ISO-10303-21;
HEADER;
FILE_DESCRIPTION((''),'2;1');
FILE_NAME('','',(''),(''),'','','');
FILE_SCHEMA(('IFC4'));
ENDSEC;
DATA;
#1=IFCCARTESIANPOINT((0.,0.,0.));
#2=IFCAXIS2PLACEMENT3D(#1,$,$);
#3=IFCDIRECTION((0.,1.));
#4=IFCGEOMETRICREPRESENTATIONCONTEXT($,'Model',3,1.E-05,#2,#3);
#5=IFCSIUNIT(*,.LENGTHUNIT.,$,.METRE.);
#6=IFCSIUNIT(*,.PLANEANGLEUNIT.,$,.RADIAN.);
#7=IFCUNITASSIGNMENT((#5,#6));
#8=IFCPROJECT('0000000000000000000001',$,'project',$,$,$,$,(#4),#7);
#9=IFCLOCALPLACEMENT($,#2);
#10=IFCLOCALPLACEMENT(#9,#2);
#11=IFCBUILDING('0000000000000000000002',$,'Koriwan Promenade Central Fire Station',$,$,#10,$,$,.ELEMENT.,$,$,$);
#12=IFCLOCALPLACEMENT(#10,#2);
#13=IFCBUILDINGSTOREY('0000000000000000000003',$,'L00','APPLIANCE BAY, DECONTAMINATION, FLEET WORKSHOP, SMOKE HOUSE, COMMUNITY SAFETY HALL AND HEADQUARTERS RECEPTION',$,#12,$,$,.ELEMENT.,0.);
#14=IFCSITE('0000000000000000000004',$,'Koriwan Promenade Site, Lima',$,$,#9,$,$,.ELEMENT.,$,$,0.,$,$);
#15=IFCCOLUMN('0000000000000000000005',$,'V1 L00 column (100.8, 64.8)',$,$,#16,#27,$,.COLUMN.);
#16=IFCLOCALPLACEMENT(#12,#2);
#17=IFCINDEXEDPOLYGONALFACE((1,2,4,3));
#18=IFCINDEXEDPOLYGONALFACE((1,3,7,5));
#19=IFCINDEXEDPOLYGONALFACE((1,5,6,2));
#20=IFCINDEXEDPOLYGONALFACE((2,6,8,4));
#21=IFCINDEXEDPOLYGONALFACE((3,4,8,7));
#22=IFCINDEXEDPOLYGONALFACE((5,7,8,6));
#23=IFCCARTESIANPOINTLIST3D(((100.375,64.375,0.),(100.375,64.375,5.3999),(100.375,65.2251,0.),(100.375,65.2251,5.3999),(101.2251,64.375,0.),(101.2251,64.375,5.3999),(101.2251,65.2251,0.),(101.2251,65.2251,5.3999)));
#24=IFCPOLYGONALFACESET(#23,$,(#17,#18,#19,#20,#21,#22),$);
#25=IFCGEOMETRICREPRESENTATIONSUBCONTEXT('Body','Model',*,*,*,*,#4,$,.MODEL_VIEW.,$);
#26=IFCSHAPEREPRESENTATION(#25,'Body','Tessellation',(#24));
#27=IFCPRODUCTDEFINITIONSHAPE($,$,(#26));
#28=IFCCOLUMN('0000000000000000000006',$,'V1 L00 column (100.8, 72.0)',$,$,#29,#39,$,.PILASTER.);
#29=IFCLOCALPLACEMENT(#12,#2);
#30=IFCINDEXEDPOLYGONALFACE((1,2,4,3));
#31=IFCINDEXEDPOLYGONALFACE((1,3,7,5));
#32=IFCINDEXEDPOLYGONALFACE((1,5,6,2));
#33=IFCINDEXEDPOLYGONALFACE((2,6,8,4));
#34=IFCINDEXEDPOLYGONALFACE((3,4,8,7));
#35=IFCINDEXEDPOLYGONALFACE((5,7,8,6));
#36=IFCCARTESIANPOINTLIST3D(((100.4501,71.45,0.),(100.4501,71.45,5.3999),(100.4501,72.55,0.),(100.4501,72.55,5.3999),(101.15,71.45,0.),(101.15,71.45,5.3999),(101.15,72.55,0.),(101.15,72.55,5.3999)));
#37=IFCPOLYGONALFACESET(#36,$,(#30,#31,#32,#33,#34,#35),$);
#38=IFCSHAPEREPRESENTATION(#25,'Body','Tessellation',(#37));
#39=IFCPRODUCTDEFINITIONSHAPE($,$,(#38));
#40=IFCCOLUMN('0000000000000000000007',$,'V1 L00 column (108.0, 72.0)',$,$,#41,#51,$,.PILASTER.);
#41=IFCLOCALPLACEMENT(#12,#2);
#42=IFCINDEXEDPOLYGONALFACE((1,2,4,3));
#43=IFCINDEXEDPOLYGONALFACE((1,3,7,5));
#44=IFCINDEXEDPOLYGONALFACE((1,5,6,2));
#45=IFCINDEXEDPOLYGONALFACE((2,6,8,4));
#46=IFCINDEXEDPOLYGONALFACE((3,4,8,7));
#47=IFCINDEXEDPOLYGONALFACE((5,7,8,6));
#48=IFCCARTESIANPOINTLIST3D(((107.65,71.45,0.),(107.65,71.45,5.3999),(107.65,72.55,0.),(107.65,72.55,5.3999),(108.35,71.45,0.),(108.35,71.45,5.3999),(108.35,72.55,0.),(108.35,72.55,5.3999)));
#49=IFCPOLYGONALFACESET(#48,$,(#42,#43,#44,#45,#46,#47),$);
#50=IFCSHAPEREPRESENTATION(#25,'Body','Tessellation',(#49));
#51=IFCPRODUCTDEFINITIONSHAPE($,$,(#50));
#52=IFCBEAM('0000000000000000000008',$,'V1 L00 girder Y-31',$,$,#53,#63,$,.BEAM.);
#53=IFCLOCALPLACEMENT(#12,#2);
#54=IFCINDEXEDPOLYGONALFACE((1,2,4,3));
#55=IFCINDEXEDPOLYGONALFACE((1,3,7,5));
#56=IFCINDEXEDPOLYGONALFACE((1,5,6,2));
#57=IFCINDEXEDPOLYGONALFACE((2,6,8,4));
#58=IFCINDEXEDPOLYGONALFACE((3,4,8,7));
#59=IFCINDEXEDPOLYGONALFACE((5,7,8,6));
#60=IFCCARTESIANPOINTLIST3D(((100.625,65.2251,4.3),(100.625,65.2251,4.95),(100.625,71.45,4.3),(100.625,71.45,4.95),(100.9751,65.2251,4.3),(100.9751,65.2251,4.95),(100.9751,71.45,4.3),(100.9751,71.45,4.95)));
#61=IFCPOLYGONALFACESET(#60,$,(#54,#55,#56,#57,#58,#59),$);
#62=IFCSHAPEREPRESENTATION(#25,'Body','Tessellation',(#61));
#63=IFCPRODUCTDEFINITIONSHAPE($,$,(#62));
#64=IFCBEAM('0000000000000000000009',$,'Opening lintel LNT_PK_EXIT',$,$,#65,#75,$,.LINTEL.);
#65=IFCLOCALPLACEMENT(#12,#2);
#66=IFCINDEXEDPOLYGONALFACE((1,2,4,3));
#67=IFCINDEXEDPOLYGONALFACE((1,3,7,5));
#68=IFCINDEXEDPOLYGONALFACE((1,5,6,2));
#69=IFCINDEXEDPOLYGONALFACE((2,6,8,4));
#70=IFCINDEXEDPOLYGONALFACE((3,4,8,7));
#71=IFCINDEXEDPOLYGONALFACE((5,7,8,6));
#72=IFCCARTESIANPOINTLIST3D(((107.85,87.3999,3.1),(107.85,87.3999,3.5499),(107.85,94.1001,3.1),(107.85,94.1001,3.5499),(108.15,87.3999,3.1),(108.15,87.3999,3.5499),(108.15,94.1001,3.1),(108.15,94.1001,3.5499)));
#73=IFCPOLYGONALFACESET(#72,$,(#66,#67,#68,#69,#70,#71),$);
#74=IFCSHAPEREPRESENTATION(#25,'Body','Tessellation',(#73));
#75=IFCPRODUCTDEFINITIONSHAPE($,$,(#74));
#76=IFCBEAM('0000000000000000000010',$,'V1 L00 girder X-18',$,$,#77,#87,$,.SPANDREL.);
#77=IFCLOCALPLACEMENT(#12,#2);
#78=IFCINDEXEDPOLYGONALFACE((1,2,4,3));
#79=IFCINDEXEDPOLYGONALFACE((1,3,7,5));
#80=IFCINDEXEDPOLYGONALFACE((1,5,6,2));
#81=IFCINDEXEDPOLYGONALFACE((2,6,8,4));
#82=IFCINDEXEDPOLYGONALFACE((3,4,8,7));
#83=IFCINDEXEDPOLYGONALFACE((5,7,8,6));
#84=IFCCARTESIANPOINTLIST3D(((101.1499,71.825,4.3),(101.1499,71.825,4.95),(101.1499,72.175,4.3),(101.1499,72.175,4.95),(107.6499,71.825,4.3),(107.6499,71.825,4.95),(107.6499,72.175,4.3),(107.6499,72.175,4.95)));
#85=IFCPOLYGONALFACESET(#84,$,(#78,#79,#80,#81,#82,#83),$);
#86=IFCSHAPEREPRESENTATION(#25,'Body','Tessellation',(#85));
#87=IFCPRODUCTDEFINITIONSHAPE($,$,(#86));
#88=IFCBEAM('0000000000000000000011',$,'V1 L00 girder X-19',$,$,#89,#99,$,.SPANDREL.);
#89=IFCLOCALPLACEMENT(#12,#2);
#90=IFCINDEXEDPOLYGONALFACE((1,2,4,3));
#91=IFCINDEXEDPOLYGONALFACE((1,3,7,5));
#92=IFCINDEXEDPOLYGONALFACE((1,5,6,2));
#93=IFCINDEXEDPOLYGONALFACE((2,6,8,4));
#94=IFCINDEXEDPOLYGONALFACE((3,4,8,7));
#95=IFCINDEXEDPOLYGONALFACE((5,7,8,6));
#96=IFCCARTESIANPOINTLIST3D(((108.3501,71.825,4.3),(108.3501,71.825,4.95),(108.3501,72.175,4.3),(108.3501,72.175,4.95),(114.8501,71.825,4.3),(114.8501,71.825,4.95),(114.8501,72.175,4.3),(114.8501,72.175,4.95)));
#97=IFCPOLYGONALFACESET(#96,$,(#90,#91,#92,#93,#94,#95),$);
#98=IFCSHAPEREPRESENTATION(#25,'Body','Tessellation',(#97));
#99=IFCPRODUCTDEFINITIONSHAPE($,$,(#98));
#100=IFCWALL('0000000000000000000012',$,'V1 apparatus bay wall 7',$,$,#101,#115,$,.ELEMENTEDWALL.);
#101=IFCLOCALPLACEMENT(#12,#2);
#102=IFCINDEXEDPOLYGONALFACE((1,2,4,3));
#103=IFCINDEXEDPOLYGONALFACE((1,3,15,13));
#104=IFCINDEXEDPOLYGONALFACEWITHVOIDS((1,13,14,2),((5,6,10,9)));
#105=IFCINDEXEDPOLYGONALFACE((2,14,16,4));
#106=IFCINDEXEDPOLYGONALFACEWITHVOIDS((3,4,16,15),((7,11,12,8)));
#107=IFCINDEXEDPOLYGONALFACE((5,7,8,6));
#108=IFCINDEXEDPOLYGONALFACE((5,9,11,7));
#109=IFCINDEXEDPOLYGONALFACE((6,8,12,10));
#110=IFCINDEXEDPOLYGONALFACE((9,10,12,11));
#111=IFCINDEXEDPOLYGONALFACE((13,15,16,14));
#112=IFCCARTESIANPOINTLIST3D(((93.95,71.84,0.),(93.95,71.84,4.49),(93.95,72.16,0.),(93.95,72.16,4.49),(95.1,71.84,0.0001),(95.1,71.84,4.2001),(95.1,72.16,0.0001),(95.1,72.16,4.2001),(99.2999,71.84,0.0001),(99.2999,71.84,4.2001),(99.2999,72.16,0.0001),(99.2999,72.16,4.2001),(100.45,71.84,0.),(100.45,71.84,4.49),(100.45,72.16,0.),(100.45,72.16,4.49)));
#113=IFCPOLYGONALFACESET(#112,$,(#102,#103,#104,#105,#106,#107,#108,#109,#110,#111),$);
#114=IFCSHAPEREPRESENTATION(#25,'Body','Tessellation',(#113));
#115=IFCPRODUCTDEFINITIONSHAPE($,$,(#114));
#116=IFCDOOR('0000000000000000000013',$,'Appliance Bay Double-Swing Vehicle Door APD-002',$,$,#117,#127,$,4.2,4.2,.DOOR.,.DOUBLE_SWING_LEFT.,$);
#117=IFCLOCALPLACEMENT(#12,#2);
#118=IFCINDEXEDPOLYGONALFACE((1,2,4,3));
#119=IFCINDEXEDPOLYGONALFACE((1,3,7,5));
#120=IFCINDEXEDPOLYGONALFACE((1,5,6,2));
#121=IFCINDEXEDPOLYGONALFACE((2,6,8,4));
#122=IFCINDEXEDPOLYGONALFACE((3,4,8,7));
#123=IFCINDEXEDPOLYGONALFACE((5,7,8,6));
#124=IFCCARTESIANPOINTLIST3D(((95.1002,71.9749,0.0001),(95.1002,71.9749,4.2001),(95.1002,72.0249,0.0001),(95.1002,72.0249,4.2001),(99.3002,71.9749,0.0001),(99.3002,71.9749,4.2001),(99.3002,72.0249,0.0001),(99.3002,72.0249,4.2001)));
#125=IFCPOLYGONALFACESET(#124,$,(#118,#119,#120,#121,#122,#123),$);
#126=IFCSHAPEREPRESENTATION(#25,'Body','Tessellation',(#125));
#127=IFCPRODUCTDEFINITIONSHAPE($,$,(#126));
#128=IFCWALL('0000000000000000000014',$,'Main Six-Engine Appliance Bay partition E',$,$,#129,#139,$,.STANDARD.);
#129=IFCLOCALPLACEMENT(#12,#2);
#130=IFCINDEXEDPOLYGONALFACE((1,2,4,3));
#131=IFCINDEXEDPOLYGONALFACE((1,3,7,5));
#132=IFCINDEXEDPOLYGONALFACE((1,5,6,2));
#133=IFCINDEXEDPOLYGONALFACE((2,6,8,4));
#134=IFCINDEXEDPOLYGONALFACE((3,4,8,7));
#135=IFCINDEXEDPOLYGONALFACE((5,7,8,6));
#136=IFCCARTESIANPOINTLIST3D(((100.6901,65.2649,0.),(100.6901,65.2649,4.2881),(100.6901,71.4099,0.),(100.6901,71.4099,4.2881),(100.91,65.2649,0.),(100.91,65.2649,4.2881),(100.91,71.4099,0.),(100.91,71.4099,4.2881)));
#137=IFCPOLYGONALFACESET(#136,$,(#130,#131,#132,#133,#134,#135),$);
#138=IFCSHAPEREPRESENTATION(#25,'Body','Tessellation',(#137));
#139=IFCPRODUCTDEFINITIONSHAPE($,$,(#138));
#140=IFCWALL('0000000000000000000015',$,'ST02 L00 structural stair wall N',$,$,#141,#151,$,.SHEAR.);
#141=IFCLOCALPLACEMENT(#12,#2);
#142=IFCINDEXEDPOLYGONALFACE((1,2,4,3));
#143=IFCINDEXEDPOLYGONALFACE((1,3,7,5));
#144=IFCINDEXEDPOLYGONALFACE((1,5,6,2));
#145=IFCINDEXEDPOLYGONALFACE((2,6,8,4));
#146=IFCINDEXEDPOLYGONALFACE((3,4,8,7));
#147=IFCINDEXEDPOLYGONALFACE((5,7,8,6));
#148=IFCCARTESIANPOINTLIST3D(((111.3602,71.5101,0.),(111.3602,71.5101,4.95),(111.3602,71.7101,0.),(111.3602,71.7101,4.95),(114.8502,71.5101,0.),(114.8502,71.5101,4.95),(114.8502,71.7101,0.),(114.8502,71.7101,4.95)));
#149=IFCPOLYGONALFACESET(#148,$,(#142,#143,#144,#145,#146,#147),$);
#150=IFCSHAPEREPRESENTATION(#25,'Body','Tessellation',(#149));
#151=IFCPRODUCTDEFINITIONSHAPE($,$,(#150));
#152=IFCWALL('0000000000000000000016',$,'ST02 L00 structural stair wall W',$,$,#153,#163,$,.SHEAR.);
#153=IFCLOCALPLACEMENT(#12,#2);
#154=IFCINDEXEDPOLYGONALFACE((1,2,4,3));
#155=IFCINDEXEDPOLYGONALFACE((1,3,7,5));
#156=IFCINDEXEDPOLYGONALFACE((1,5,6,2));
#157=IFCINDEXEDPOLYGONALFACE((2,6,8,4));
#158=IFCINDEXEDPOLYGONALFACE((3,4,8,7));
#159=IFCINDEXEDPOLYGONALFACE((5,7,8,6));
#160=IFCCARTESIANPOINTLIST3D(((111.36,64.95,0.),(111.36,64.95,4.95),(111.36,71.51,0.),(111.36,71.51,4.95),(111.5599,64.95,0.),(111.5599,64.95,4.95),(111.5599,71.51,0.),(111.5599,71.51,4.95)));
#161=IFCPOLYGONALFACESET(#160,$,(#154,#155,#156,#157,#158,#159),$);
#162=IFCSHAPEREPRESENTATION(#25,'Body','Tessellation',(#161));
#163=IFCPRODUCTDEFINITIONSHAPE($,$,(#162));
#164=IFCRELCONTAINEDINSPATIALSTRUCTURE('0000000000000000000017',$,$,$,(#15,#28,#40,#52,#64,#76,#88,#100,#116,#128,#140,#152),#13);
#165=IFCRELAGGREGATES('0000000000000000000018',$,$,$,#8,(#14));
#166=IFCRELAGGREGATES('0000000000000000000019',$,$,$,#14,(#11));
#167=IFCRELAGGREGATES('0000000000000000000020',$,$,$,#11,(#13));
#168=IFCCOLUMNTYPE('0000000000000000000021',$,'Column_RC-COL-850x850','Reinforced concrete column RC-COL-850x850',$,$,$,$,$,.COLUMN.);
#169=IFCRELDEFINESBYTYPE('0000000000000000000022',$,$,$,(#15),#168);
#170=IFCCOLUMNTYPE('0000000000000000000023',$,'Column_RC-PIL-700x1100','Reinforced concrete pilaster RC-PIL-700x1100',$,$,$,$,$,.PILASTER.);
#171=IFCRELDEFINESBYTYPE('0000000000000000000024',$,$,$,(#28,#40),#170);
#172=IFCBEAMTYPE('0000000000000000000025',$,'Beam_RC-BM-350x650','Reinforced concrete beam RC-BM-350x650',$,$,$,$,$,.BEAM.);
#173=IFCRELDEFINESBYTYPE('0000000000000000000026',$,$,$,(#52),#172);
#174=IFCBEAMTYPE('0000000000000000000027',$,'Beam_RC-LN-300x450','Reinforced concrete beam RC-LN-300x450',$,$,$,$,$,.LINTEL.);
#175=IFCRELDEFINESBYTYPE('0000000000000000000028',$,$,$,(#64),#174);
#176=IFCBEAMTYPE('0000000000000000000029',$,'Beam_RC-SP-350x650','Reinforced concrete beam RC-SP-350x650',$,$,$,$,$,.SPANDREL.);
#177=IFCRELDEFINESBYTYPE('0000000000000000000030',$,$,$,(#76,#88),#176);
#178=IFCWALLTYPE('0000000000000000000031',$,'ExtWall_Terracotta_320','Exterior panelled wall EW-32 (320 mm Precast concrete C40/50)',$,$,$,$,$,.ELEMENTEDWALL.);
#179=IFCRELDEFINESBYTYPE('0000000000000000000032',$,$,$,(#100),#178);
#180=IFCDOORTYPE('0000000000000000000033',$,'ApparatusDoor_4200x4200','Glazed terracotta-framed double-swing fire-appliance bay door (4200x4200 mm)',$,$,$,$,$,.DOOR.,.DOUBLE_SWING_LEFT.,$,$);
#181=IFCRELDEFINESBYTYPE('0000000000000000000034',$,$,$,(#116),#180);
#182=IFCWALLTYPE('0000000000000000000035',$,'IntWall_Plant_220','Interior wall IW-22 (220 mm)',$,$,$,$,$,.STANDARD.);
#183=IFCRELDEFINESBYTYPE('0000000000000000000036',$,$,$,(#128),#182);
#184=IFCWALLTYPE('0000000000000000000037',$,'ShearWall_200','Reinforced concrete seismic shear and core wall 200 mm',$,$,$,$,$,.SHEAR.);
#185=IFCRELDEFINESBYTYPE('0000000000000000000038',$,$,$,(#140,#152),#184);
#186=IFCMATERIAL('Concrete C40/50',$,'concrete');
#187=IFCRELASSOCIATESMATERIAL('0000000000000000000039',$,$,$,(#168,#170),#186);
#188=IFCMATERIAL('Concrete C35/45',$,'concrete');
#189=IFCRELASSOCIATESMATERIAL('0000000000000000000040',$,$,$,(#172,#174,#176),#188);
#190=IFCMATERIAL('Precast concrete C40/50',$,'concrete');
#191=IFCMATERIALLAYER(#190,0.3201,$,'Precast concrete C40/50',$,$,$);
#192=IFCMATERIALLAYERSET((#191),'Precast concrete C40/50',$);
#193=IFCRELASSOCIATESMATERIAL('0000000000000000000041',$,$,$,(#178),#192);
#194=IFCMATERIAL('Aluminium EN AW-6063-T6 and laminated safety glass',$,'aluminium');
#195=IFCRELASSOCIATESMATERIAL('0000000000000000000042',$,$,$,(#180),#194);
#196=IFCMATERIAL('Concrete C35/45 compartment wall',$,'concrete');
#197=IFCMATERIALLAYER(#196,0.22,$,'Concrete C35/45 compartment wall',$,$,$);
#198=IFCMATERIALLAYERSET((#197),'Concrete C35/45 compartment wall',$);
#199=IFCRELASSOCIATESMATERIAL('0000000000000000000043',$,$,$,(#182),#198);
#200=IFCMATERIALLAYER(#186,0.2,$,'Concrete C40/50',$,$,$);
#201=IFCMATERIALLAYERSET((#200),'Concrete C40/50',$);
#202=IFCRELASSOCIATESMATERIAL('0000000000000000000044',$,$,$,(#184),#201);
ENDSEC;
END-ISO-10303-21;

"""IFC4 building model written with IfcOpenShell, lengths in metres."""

from ifc_helpers import new_model, si_unit, direction, frame, frame_2d, origin, origin_2d, place, context, subcontext, project, spatial, rectangle, extrude, material, layer, layer_set, material_profile, profile_set, type_object, element, fill, save


model = new_model("IFC4")

# Units and contexts
model_context = context("Model", 3, precision=1e-05, world=origin(), true_north=direction((0.0, 1.0)))
body_context = subcontext(model_context, "Body", "Model", "MODEL_VIEW")
ifc_project = project(units=[si_unit("LENGTHUNIT", "METRE"), si_unit("PLANEANGLEUNIT", "RADIAN")], contexts=[model_context])

# Site, building, storey
site_placement = place(None, origin())
site = spatial("IfcSite", under=ifc_project, at=site_placement, Name="Koriwan Promenade Site, Lima", CompositionType="ELEMENT", RefElevation=0.0)
building_placement = place(site_placement, origin())
building = spatial("IfcBuilding", under=site, at=building_placement, Name="Koriwan Promenade Central Fire Station", CompositionType="ELEMENT")
storey_placement = place(building_placement, origin())
storey = spatial("IfcBuildingStorey", under=building, at=storey_placement, Name="L00", Description="APPLIANCE BAY, DECONTAMINATION, FLEET WORKSHOP, SMOKE HOUSE, COMMUNITY SAFETY HALL AND HEADQUARTERS RECEPTION", CompositionType="ELEMENT", Elevation=0.0)

# Shared definitions
ifc_material_1 = material(Name="Concrete C35/45", Category="concrete")

# Columns
ifc_material_2 = material(Name="Concrete C40/50", Category="concrete")
ifc_material_profile_1 = material_profile(ifc_material_2, rectangle(XDim=0.8501, YDim=0.8501, at=origin_2d()), Name="RC-COL-850x850")
ifc_profile_set_1 = profile_set([ifc_material_profile_1], Name="Concrete C40/50")
column_type_1 = type_object("IfcColumnType", Name="Column_RC-COL-850x850", Description="Reinforced concrete column RC-COL-850x850", PredefinedType="COLUMN", material=ifc_profile_set_1)
column_placement = place(storey_placement, frame((100.8, 64.8, 0.0), z_axis=(0.0, 0.0, 1.0), x_axis=(1.0, 0.0, 0.0)))
element("IfcColumn", 1, at=column_placement, inside=storey, type_object=column_type_1, Name="V1 L00 column (100.8, 64.8)", PredefinedType="COLUMN", context=body_context, shape_type="SweptSolid", body=[
    extrude(rectangle(XDim=0.8501, YDim=0.8501, at=origin_2d()), origin(), (0.0, 0.0, 1.0), 5.3999),
])
ifc_material_profile_2 = material_profile(ifc_material_2, rectangle(XDim=0.7, YDim=1.1001, at=origin_2d()), Name="RC-PIL-700x1100")
ifc_profile_set_2 = profile_set([ifc_material_profile_2], Name="Concrete C40/50")
column_type_2 = type_object("IfcColumnType", Name="Column_RC-PIL-700x1100", Description="Reinforced concrete pilaster RC-PIL-700x1100", PredefinedType="PILASTER", material=ifc_profile_set_2)
for number, where, z_axis, x_axis, name in (
    (2, (100.8, 72.0, 0.0), (0.0, 0.0, 1.0), (1.0, 0.0, 0.0), "V1 L00 column (100.8, 72.0)"),
    (3, (108.0, 72.0, 0.0), (0.0, 0.0, 1.0), (1.0, 0.0, 0.0), "V1 L00 column (108.0, 72.0)"),
):
    element("IfcColumn", number, at=place(storey_placement, frame(where, z_axis=z_axis, x_axis=x_axis)), inside=storey, type_object=column_type_2, Name=name, PredefinedType="PILASTER", context=body_context, shape_type="SweptSolid", body=[
        extrude(rectangle(XDim=0.7, YDim=1.1001, at=origin_2d()), origin(), (0.0, 0.0, 1.0), 5.3999),
    ])

# Beams
ifc_material_profile_3 = material_profile(ifc_material_1, rectangle(XDim=0.3501, YDim=0.6499, at=origin_2d()), Name="RC-BM-350x650")
ifc_profile_set_3 = profile_set([ifc_material_profile_3], Name="Concrete C35/45")
beam_type_1 = type_object("IfcBeamType", Name="Beam_RC-BM-350x650", Description="Reinforced concrete beam RC-BM-350x650", PredefinedType="BEAM", material=ifc_profile_set_3)
beam_1_placement = place(storey_placement, frame((100.8, 65.2251, 4.625), z_axis=(0.0, 1.0, 0.0), x_axis=(-1.0, 0.0, 0.0)))
element("IfcBeam", 4, at=beam_1_placement, inside=storey, type_object=beam_type_1, Name="V1 L00 girder Y-31", PredefinedType="BEAM", context=body_context, shape_type="SweptSolid", body=[
    extrude(rectangle(XDim=0.3501, YDim=0.6499, at=origin_2d()), origin(), (0.0, 0.0, 1.0), 6.2249),
])
ifc_material_profile_4 = material_profile(ifc_material_1, rectangle(XDim=0.3, YDim=0.45, at=origin_2d()), Name="RC-LN-300x450")
ifc_profile_set_4 = profile_set([ifc_material_profile_4], Name="Concrete C35/45")
beam_type_2 = type_object("IfcBeamType", Name="Beam_RC-LN-300x450", Description="Reinforced concrete beam RC-LN-300x450", PredefinedType="LINTEL", material=ifc_profile_set_4)
beam_2_placement = place(storey_placement, frame((108.0, 87.3999, 3.325), z_axis=(0.0, 1.0, 0.0), x_axis=(-1.0, 0.0, 0.0)))
element("IfcBeam", 5, at=beam_2_placement, inside=storey, type_object=beam_type_2, Name="Opening lintel LNT_PK_EXIT", PredefinedType="LINTEL", context=body_context, shape_type="SweptSolid", body=[
    extrude(rectangle(XDim=0.3, YDim=0.45, at=origin_2d()), origin(), (0.0, 0.0, 1.0), 6.7002),
])
ifc_material_profile_5 = material_profile(ifc_material_1, rectangle(XDim=0.3501, YDim=0.6499, at=origin_2d()), Name="RC-SP-350x650")
ifc_profile_set_5 = profile_set([ifc_material_profile_5], Name="Concrete C35/45")
beam_type_3 = type_object("IfcBeamType", Name="Beam_RC-SP-350x650", Description="Reinforced concrete beam RC-SP-350x650", PredefinedType="SPANDREL", material=ifc_profile_set_5)
for number, where, z_axis, x_axis, name in (
    (6, (101.1499, 72.0, 4.625), (1.0, 0.0, 0.0), (0.0, 1.0, 0.0), "V1 L00 girder X-18"),
    (7, (108.3501, 72.0, 4.625), (1.0, 0.0, 0.0), (0.0, 1.0, 0.0), "V1 L00 girder X-19"),
):
    element("IfcBeam", number, at=place(storey_placement, frame(where, z_axis=z_axis, x_axis=x_axis)), inside=storey, type_object=beam_type_3, Name=name, PredefinedType="SPANDREL", context=body_context, shape_type="SweptSolid", body=[
        extrude(rectangle(XDim=0.3501, YDim=0.6499, at=origin_2d()), origin(), (0.0, 0.0, 1.0), 6.5),
    ])

# Wall, opening, door
ifc_material_3 = material(Name="Precast concrete C40/50", Category="concrete")
ifc_layer_1 = layer(ifc_material_3, 0.3201, Name="Precast concrete C40/50")
ifc_layer_set_1 = layer_set([ifc_layer_1], Name="Precast concrete C40/50")
wall_type_1 = type_object("IfcWallType", Name="ExtWall_Terracotta_320", Description="Exterior panelled wall EW-32 (320 mm Precast concrete C40/50)", PredefinedType="ELEMENTEDWALL", material=ifc_layer_set_1)
ifc_material_4 = material(Name="Aluminium EN AW-6063-T6 and laminated safety glass", Category="aluminium")
wall_1_placement = place(storey_placement, frame((100.45, 72.0, 0.0), z_axis=(0.0, 0.0, 1.0), x_axis=(-1.0, 0.0, 0.0)))
wall_1 = element("IfcWall", 8, at=wall_1_placement, inside=storey, type_object=wall_type_1, Name="V1 apparatus bay wall 7", PredefinedType="ELEMENTEDWALL", context=body_context, shape_type="SweptSolid", body=[
    extrude(rectangle(XDim=6.5, YDim=0.3201, at=frame_2d((3.25, 0.0))), origin(), (0.0, 0.0, 1.0), 4.49),
])
opening_1_placement = place(wall_1_placement, frame((1.1499, 0.0, 0.0)))
opening_1 = element("IfcOpeningElement", 9, at=opening_1_placement, cuts=wall_1, PredefinedType="OPENING", context=body_context, shape_type="SweptSolid", body=[
    extrude(rectangle(XDim=4.2, YDim=4.2, at=frame_2d((2.1001, 2.1001))), frame((0.0, 0.1719, 0.0), z_axis=(0.0, -1.0, 0.0), x_axis=(1.0, 0.0, 0.0)), (0.0, 0.0, 1.0), 0.344),
])
door_type_1 = type_object("IfcDoorType", Name="ApparatusDoor_4200x4200", Description="Glazed terracotta-framed double-swing fire-appliance bay door (4200x4200 mm)", OperationType="DOUBLE_SWING_LEFT", PredefinedType="DOOR", material=ifc_material_4)
door_1_placement = place(opening_1_placement, frame((4.2, 0.0, 0.0), z_axis=(0.0, 0.0, 1.0), x_axis=(-1.0, 0.0, 0.0)))
door_1 = element("IfcDoor", 10, at=door_1_placement, inside=storey, type_object=door_type_1, Name="Appliance Bay Double-Swing Vehicle Door APD-002", OperationType="DOUBLE_SWING_LEFT", OverallHeight=4.2, OverallWidth=4.2, PredefinedType="DOOR", context=body_context, shape_type="SweptSolid", body=[
    extrude(rectangle(XDim=4.2, YDim=4.2, at=frame_2d((2.1001, 2.1001))), frame((0.0, 0.0249, 0.0), z_axis=(0.0, -1.0, 0.0), x_axis=(1.0, 0.0, 0.0)), (0.0, 0.0, 1.0), 0.05),
])
fill(opening_1, door_1)

# Wall
ifc_material_5 = material(Name="Concrete C35/45 compartment wall", Category="concrete")
ifc_layer_2 = layer(ifc_material_5, 0.22, Name="Concrete C35/45 compartment wall")
ifc_layer_set_2 = layer_set([ifc_layer_2], Name="Concrete C35/45 compartment wall")
wall_type_2 = type_object("IfcWallType", Name="IntWall_Plant_220", Description="Interior wall IW-22 (220 mm)", PredefinedType="STANDARD", material=ifc_layer_set_2)
wall_2_placement = place(storey_placement, frame((100.8, 65.2649, 0.0), z_axis=(0.0, 0.0, 1.0), x_axis=(0.0, 1.0, 0.0)))
element("IfcWall", 11, at=wall_2_placement, inside=storey, type_object=wall_type_2, Name="Main Six-Engine Appliance Bay partition E", PredefinedType="STANDARD", context=body_context, shape_type="SweptSolid", body=[
    extrude(rectangle(XDim=6.145, YDim=0.22, at=frame_2d((3.0725, 0.0))), origin(), (0.0, 0.0, 1.0), 4.2881),
])

# Shared definitions
ifc_layer_3 = layer(ifc_material_2, 0.2, Name="Concrete C40/50")
ifc_layer_set_3 = layer_set([ifc_layer_3], Name="Concrete C40/50")
wall_type_3 = type_object("IfcWallType", Name="ShearWall_200", Description="Reinforced concrete seismic shear and core wall 200 mm", PredefinedType="SHEAR", material=ifc_layer_set_3)

# Walls
wall_3_placement = place(storey_placement, frame((111.3601, 71.6101, 0.0), z_axis=(0.0, 0.0, 1.0), x_axis=(1.0, 0.0, 0.0)))
element("IfcWall", 12, at=wall_3_placement, inside=storey, type_object=wall_type_3, Name="ST02 L00 structural stair wall N", PredefinedType="SHEAR", context=body_context, shape_type="SweptSolid", body=[
    extrude(rectangle(XDim=3.49, YDim=0.2, at=frame_2d((1.7451, 0.0))), origin(), (0.0, 0.0, 1.0), 4.95),
])
wall_4_placement = place(storey_placement, frame((111.46, 64.95, 0.0), z_axis=(0.0, 0.0, 1.0), x_axis=(0.0, 1.0, 0.0)))
element("IfcWall", 13, at=wall_4_placement, inside=storey, type_object=wall_type_3, Name="ST02 L00 structural stair wall W", PredefinedType="SHEAR", context=body_context, shape_type="SweptSolid", body=[
    extrude(rectangle(XDim=6.5601, YDim=0.2, at=frame_2d((3.28, 0.0))), origin(), (0.0, 0.0, 1.0), 4.95),
])

save(model, "model.ifc")
